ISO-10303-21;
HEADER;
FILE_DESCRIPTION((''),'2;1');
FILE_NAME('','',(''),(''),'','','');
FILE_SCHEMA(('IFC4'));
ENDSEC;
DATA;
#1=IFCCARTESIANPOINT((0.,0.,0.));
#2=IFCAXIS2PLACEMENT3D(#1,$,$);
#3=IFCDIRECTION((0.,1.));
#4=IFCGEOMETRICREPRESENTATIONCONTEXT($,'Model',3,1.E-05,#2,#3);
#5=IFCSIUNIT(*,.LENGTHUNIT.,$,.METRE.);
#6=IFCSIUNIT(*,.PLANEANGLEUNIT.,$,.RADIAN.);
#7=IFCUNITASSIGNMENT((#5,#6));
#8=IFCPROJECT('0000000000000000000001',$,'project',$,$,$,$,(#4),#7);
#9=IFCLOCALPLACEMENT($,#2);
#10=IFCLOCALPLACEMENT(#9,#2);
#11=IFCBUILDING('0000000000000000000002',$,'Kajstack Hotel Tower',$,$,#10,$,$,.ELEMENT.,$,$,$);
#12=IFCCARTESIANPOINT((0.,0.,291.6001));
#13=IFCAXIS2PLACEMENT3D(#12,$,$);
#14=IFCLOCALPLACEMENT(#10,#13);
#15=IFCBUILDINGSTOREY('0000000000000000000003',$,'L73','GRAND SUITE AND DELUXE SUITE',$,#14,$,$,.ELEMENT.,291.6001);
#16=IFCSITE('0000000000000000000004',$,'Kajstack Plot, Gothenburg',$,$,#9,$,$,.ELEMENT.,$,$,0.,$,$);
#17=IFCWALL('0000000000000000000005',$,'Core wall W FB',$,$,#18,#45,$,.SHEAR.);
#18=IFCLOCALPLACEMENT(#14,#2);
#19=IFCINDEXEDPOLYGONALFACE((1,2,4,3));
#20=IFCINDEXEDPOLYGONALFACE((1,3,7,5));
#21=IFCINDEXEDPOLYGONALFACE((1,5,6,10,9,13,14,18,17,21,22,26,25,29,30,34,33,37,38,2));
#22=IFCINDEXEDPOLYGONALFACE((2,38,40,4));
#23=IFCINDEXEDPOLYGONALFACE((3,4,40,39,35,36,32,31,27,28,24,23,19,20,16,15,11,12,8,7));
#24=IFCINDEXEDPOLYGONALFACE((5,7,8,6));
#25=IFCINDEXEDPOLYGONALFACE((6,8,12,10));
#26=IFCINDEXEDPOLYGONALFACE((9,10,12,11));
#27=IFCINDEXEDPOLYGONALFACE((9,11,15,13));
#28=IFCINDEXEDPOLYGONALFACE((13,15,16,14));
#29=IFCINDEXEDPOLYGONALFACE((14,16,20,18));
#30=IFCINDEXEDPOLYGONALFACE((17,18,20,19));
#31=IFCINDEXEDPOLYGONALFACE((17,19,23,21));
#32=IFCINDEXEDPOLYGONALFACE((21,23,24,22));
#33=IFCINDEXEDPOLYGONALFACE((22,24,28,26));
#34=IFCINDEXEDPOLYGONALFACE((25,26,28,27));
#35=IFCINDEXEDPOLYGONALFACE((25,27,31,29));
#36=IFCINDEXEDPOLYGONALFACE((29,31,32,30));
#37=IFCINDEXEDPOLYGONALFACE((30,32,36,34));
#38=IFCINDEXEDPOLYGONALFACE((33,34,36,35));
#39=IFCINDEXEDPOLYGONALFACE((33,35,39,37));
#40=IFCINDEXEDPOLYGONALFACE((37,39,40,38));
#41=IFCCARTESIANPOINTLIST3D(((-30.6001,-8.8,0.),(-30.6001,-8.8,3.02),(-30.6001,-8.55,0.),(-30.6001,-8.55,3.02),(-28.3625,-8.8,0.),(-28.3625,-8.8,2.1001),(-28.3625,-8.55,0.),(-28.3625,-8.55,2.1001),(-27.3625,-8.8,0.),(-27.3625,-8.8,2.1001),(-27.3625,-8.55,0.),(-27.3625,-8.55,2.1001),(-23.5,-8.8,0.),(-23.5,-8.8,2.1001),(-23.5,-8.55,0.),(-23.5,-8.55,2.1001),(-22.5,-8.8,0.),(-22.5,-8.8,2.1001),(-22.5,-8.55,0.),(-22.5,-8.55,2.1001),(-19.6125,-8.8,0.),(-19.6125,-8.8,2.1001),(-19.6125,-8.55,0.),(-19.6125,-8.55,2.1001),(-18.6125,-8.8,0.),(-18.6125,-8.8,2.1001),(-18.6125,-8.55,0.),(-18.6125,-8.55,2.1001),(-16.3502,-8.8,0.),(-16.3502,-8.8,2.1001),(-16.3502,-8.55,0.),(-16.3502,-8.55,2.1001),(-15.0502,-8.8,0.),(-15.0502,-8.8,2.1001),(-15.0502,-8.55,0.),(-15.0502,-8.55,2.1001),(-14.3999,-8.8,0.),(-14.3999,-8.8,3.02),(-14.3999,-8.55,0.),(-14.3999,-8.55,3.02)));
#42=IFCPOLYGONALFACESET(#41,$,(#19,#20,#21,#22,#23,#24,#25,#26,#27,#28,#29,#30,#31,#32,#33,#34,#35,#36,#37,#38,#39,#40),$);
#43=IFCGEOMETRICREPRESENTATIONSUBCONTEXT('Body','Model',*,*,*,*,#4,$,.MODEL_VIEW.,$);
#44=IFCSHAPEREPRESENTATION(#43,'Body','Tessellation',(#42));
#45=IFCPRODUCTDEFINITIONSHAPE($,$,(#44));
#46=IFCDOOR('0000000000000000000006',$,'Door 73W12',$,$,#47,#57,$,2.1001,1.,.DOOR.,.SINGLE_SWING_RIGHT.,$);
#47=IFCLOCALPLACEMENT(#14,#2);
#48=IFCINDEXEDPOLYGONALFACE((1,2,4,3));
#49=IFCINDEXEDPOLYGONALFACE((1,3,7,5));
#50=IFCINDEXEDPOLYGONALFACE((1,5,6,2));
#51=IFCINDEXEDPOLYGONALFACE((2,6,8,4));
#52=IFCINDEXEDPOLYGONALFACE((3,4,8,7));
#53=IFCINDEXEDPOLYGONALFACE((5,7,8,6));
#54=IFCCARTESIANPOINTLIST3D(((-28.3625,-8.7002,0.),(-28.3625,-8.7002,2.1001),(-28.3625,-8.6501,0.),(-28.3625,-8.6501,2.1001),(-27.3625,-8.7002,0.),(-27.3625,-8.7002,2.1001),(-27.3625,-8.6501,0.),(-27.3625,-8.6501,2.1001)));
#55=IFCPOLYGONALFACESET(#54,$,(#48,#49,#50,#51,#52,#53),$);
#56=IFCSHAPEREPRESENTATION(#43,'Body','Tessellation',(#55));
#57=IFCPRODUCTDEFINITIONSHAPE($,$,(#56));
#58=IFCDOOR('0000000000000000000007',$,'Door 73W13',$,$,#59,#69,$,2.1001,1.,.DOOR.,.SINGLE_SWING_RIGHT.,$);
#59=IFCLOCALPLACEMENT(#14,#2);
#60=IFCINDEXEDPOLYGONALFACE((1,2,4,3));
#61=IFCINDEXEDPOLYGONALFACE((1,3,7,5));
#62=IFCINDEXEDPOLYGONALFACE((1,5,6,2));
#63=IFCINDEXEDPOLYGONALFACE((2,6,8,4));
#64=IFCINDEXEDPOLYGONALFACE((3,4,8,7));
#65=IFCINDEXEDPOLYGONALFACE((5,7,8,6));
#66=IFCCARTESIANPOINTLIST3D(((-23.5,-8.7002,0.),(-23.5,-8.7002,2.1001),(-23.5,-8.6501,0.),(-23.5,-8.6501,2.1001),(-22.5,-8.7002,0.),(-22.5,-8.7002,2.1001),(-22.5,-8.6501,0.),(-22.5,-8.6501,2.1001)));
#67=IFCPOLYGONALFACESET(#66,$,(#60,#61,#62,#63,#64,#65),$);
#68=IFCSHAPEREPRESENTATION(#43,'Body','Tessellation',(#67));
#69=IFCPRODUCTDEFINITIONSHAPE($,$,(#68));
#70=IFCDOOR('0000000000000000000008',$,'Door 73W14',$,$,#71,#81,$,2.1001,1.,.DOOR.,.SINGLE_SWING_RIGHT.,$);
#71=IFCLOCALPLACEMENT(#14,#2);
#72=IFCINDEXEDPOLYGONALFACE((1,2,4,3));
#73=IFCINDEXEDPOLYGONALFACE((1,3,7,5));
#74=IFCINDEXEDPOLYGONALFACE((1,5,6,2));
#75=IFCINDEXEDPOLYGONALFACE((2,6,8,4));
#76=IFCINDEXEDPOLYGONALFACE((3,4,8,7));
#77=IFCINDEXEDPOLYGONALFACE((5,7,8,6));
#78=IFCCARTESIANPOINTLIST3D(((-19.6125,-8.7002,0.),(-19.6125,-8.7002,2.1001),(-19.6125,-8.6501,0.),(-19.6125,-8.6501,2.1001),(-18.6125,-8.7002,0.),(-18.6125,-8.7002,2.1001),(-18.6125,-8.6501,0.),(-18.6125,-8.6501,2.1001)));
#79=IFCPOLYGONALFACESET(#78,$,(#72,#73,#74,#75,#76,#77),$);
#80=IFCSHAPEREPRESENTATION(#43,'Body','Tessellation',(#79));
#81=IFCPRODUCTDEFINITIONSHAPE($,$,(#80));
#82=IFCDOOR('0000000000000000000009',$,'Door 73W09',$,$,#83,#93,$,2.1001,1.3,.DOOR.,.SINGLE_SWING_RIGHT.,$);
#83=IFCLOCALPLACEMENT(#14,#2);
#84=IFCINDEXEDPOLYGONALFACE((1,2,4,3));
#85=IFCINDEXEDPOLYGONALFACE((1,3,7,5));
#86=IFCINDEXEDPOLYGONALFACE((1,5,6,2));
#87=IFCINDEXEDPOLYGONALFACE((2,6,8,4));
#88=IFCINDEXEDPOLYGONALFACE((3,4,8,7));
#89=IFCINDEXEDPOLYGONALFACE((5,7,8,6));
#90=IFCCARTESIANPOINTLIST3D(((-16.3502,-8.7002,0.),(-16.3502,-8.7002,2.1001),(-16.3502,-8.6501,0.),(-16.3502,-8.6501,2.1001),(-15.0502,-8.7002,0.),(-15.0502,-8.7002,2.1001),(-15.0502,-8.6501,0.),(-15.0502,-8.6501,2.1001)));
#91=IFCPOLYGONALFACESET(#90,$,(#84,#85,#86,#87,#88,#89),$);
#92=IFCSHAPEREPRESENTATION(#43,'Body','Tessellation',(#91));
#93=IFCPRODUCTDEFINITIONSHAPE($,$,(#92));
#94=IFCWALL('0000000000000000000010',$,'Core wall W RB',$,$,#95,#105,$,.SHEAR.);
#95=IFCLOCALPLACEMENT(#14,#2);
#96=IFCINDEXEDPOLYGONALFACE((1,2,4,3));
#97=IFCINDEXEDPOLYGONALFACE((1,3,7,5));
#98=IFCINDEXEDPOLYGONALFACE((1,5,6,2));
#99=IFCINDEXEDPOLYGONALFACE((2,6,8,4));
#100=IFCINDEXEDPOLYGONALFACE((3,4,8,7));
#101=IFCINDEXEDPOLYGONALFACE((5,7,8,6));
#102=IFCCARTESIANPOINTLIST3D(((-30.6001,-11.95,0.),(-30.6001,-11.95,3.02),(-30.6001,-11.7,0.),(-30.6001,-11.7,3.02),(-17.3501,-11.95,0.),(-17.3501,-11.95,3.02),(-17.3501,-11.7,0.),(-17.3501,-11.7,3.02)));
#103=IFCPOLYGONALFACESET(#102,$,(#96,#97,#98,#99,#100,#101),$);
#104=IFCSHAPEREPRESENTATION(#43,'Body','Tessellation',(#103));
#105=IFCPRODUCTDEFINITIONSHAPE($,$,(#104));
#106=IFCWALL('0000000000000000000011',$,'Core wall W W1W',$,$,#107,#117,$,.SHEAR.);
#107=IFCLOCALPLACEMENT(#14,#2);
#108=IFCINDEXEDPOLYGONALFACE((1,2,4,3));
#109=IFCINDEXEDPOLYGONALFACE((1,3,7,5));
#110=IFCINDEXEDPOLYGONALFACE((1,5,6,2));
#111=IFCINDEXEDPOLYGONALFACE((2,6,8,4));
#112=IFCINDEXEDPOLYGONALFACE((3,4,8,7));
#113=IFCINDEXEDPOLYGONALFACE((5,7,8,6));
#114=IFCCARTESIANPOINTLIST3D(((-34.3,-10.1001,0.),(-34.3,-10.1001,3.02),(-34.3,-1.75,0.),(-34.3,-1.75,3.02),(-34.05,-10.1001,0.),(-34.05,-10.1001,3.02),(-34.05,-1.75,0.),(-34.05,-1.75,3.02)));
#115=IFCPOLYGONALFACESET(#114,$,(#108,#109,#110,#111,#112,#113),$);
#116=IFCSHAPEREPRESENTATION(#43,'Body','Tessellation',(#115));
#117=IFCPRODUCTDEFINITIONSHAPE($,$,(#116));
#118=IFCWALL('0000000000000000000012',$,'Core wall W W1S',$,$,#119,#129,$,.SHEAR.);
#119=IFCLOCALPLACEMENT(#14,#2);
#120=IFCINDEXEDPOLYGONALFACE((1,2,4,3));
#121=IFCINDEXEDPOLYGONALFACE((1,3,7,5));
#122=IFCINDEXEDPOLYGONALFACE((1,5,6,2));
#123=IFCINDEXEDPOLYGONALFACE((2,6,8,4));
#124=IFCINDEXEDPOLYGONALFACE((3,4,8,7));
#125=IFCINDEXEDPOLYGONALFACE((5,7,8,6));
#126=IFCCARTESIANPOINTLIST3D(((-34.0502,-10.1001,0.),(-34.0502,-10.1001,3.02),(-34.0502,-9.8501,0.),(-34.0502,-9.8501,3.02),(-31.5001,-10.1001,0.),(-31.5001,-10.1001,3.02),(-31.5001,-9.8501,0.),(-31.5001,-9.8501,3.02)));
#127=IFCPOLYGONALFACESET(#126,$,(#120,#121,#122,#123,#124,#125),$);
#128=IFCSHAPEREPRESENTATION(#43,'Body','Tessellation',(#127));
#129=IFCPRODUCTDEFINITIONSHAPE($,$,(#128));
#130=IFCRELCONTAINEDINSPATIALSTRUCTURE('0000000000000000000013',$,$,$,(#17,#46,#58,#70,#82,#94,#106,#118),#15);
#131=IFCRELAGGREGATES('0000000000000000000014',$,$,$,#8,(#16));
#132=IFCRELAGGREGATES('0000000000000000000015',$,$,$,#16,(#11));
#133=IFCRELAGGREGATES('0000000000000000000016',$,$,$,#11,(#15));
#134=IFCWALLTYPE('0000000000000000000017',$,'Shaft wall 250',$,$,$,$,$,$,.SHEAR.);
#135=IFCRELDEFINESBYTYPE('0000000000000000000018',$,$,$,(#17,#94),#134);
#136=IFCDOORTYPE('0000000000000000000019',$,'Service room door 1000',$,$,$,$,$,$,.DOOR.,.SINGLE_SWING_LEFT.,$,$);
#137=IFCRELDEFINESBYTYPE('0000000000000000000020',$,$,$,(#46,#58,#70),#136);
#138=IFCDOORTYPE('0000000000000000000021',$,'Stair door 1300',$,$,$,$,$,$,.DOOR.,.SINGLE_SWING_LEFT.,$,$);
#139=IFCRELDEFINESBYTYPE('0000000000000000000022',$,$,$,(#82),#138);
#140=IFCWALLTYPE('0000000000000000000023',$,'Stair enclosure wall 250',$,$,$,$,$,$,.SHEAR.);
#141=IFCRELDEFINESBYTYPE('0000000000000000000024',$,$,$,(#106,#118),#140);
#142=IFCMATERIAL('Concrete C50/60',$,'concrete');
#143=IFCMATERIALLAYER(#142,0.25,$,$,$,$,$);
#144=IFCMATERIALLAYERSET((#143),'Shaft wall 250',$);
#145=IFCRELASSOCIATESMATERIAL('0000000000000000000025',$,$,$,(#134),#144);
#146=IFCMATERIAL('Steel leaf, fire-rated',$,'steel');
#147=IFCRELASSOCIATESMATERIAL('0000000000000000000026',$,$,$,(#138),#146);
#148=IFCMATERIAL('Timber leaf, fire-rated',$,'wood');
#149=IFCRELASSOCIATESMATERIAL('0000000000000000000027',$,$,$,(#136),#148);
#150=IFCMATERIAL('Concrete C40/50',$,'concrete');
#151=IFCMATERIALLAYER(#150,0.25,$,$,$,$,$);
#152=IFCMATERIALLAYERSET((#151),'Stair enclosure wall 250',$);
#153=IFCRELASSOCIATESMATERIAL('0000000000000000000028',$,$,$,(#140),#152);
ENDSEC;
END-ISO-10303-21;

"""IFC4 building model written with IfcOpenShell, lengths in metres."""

from ifc_helpers import new_model, si_unit, direction, frame, frame_2d, origin, place, context, subcontext, project, spatial, rectangle, extrude, material, layer, layer_set, type_object, element, fill, save


model = new_model("IFC4")

# Units and contexts
model_context = context("Model", 3, precision=1e-05, world=origin(), true_north=direction((0.0, 1.0)))
body_context = subcontext(model_context, "Body", "Model", "MODEL_VIEW")
ifc_project = project(units=[si_unit("LENGTHUNIT", "METRE"), si_unit("PLANEANGLEUNIT", "RADIAN")], contexts=[model_context])

# Site, building, storey
site_placement = place(None, origin())
site = spatial("IfcSite", under=ifc_project, at=site_placement, Name="Kajstack Plot, Gothenburg", CompositionType="ELEMENT", RefElevation=0.0)
building_placement = place(site_placement, origin())
building = spatial("IfcBuilding", under=site, at=building_placement, Name="Kajstack Hotel Tower", CompositionType="ELEMENT")
storey_placement = place(building_placement, frame((0.0, 0.0, 291.6001)))
storey = spatial("IfcBuildingStorey", under=building, at=storey_placement, Name="L73", Description="GRAND SUITE AND DELUXE SUITE", CompositionType="ELEMENT", Elevation=291.6001)

# Shared definitions
ifc_material_1 = material(Name="Concrete C40/50", Category="concrete")

# Shared definitions
ifc_material_2 = material(Name="Timber leaf, fire-rated", Category="wood")

# Wall, openings, doors
ifc_material_3 = material(Name="Concrete C50/60", Category="concrete")
ifc_layer_1 = layer(ifc_material_3, 0.25)
ifc_layer_set_1 = layer_set([ifc_layer_1], Name="Shaft wall 250")
wall_type_1 = type_object("IfcWallType", Name="Shaft wall 250", PredefinedType="SHEAR", material=ifc_layer_set_1)
ifc_material_4 = material(Name="Steel leaf, fire-rated", Category="steel")
door_type_1 = type_object("IfcDoorType", Name="Stair door 1300", OperationType="SINGLE_SWING_LEFT", PredefinedType="DOOR", material=ifc_material_4)
wall_1_placement = place(storey_placement, frame((-30.6001, -8.675, 0.0), z_axis=(0.0, 0.0, 1.0), x_axis=(1.0, 0.0, 0.0)))
wall_1 = element("IfcWall", 1, at=wall_1_placement, inside=storey, type_object=wall_type_1, Name="Core wall W FB", PredefinedType="SHEAR", context=body_context, shape_type="SweptSolid", body=[
    extrude(rectangle(XDim=16.2002, YDim=0.25, at=frame_2d((8.1001, 0.0))), origin(), (0.0, 0.0, 1.0), 3.02),
])
opening_1_placement = place(wall_1_placement, frame((14.25, 0.0, 0.0)))
opening_1 = element("IfcOpeningElement", 2, at=opening_1_placement, cuts=wall_1, PredefinedType="OPENING", context=body_context, shape_type="SweptSolid", body=[
    extrude(rectangle(XDim=1.3, YDim=2.1001, at=frame_2d((0.6499, 1.05))), frame((0.0, 0.135, 0.0), z_axis=(0.0, -1.0, 0.0), x_axis=(1.0, 0.0, 0.0)), (0.0, 0.0, 1.0), 0.27),
])
opening_2_placement = place(wall_1_placement, frame((2.2375, 0.0, 0.0)))
opening_2 = element("IfcOpeningElement", 3, at=opening_2_placement, cuts=wall_1, PredefinedType="OPENING", context=body_context, shape_type="SweptSolid", body=[
    extrude(rectangle(XDim=1.0, YDim=2.1001, at=frame_2d((0.5, 1.05))), frame((0.0, 0.135, 0.0), z_axis=(0.0, -1.0, 0.0), x_axis=(1.0, 0.0, 0.0)), (0.0, 0.0, 1.0), 0.27),
])
opening_3_placement = place(wall_1_placement, frame((7.1001, 0.0, 0.0)))
opening_3 = element("IfcOpeningElement", 4, at=opening_3_placement, cuts=wall_1, PredefinedType="OPENING", context=body_context, shape_type="SweptSolid", body=[
    extrude(rectangle(XDim=1.0, YDim=2.1001, at=frame_2d((0.5, 1.05))), frame((0.0, 0.135, 0.0), z_axis=(0.0, -1.0, 0.0), x_axis=(1.0, 0.0, 0.0)), (0.0, 0.0, 1.0), 0.27),
])
opening_4_placement = place(wall_1_placement, frame((10.9875, 0.0, 0.0)))
opening_4 = element("IfcOpeningElement", 5, at=opening_4_placement, cuts=wall_1, PredefinedType="OPENING", context=body_context, shape_type="SweptSolid", body=[
    extrude(rectangle(XDim=1.0, YDim=2.1001, at=frame_2d((0.5, 1.05))), frame((0.0, 0.135, 0.0), z_axis=(0.0, -1.0, 0.0), x_axis=(1.0, 0.0, 0.0)), (0.0, 0.0, 1.0), 0.27),
])
door_type_2 = type_object("IfcDoorType", Name="Service room door 1000", OperationType="SINGLE_SWING_LEFT", PredefinedType="DOOR", material=ifc_material_2)
door_1_placement = place(opening_2_placement, origin())
door_1 = element("IfcDoor", 6, at=door_1_placement, inside=storey, type_object=door_type_2, Name="Door 73W12", OperationType="SINGLE_SWING_RIGHT", OverallHeight=2.1001, OverallWidth=1.0, PredefinedType="DOOR", context=body_context, shape_type="SweptSolid", body=[
    extrude(rectangle(XDim=1.0, YDim=2.1001, at=frame_2d((0.5, 1.05))), frame((0.0, 0.0249, 0.0), z_axis=(0.0, -1.0, 0.0), x_axis=(1.0, 0.0, 0.0)), (0.0, 0.0, 1.0), 0.05),
])
fill(opening_2, door_1)
door_2_placement = place(opening_3_placement, origin())
door_2 = element("IfcDoor", 7, at=door_2_placement, inside=storey, type_object=door_type_2, Name="Door 73W13", OperationType="SINGLE_SWING_RIGHT", OverallHeight=2.1001, OverallWidth=1.0, PredefinedType="DOOR", context=body_context, shape_type="SweptSolid", body=[
    extrude(rectangle(XDim=1.0, YDim=2.1001, at=frame_2d((0.5, 1.05))), frame((0.0, 0.0249, 0.0), z_axis=(0.0, -1.0, 0.0), x_axis=(1.0, 0.0, 0.0)), (0.0, 0.0, 1.0), 0.05),
])
fill(opening_3, door_2)
door_3_placement = place(opening_4_placement, origin())
door_3 = element("IfcDoor", 8, at=door_3_placement, inside=storey, type_object=door_type_2, Name="Door 73W14", OperationType="SINGLE_SWING_RIGHT", OverallHeight=2.1001, OverallWidth=1.0, PredefinedType="DOOR", context=body_context, shape_type="SweptSolid", body=[
    extrude(rectangle(XDim=1.0, YDim=2.1001, at=frame_2d((0.5, 1.05))), frame((0.0, 0.0249, 0.0), z_axis=(0.0, -1.0, 0.0), x_axis=(1.0, 0.0, 0.0)), (0.0, 0.0, 1.0), 0.05),
])
fill(opening_4, door_3)
door_4_placement = place(opening_1_placement, origin())
door_4 = element("IfcDoor", 9, at=door_4_placement, inside=storey, type_object=door_type_1, Name="Door 73W09", OperationType="SINGLE_SWING_RIGHT", OverallHeight=2.1001, OverallWidth=1.3, PredefinedType="DOOR", context=body_context, shape_type="SweptSolid", body=[
    extrude(rectangle(XDim=1.3, YDim=2.1001, at=frame_2d((0.6499, 1.05))), frame((0.0, 0.0249, 0.0), z_axis=(0.0, -1.0, 0.0), x_axis=(1.0, 0.0, 0.0)), (0.0, 0.0, 1.0), 0.05),
])
fill(opening_1, door_4)

# Walls
wall_2_placement = place(storey_placement, frame((-30.6001, -11.825, 0.0), z_axis=(0.0, 0.0, 1.0), x_axis=(1.0, 0.0, 0.0)))
element("IfcWall", 10, at=wall_2_placement, inside=storey, type_object=wall_type_1, Name="Core wall W RB", PredefinedType="SHEAR", context=body_context, shape_type="SweptSolid", body=[
    extrude(rectangle(XDim=13.25, YDim=0.25, at=frame_2d((6.625, 0.0))), origin(), (0.0, 0.0, 1.0), 3.02),
])
ifc_layer_2 = layer(ifc_material_1, 0.25)
ifc_layer_set_2 = layer_set([ifc_layer_2], Name="Stair enclosure wall 250")
wall_type_2 = type_object("IfcWallType", Name="Stair enclosure wall 250", PredefinedType="SHEAR", material=ifc_layer_set_2)
wall_3_placement = place(storey_placement, frame((-34.175, -10.1001, 0.0), z_axis=(0.0, 0.0, 1.0), x_axis=(0.0, 1.0, 0.0)))
element("IfcWall", 11, at=wall_3_placement, inside=storey, type_object=wall_type_2, Name="Core wall W W1W", PredefinedType="SHEAR", context=body_context, shape_type="SweptSolid", body=[
    extrude(rectangle(XDim=8.3501, YDim=0.25, at=frame_2d((4.175, 0.0))), origin(), (0.0, 0.0, 1.0), 3.02),
])
wall_4_placement = place(storey_placement, frame((-34.05, -9.9751, 0.0), z_axis=(0.0, 0.0, 1.0), x_axis=(1.0, 0.0, 0.0)))
element("IfcWall", 12, at=wall_4_placement, inside=storey, type_object=wall_type_2, Name="Core wall W W1S", PredefinedType="SHEAR", context=body_context, shape_type="SweptSolid", body=[
    extrude(rectangle(XDim=2.55, YDim=0.25, at=frame_2d((1.2749, 0.0))), origin(), (0.0, 0.0, 1.0), 3.02),
])

save(model, "model.ifc")
